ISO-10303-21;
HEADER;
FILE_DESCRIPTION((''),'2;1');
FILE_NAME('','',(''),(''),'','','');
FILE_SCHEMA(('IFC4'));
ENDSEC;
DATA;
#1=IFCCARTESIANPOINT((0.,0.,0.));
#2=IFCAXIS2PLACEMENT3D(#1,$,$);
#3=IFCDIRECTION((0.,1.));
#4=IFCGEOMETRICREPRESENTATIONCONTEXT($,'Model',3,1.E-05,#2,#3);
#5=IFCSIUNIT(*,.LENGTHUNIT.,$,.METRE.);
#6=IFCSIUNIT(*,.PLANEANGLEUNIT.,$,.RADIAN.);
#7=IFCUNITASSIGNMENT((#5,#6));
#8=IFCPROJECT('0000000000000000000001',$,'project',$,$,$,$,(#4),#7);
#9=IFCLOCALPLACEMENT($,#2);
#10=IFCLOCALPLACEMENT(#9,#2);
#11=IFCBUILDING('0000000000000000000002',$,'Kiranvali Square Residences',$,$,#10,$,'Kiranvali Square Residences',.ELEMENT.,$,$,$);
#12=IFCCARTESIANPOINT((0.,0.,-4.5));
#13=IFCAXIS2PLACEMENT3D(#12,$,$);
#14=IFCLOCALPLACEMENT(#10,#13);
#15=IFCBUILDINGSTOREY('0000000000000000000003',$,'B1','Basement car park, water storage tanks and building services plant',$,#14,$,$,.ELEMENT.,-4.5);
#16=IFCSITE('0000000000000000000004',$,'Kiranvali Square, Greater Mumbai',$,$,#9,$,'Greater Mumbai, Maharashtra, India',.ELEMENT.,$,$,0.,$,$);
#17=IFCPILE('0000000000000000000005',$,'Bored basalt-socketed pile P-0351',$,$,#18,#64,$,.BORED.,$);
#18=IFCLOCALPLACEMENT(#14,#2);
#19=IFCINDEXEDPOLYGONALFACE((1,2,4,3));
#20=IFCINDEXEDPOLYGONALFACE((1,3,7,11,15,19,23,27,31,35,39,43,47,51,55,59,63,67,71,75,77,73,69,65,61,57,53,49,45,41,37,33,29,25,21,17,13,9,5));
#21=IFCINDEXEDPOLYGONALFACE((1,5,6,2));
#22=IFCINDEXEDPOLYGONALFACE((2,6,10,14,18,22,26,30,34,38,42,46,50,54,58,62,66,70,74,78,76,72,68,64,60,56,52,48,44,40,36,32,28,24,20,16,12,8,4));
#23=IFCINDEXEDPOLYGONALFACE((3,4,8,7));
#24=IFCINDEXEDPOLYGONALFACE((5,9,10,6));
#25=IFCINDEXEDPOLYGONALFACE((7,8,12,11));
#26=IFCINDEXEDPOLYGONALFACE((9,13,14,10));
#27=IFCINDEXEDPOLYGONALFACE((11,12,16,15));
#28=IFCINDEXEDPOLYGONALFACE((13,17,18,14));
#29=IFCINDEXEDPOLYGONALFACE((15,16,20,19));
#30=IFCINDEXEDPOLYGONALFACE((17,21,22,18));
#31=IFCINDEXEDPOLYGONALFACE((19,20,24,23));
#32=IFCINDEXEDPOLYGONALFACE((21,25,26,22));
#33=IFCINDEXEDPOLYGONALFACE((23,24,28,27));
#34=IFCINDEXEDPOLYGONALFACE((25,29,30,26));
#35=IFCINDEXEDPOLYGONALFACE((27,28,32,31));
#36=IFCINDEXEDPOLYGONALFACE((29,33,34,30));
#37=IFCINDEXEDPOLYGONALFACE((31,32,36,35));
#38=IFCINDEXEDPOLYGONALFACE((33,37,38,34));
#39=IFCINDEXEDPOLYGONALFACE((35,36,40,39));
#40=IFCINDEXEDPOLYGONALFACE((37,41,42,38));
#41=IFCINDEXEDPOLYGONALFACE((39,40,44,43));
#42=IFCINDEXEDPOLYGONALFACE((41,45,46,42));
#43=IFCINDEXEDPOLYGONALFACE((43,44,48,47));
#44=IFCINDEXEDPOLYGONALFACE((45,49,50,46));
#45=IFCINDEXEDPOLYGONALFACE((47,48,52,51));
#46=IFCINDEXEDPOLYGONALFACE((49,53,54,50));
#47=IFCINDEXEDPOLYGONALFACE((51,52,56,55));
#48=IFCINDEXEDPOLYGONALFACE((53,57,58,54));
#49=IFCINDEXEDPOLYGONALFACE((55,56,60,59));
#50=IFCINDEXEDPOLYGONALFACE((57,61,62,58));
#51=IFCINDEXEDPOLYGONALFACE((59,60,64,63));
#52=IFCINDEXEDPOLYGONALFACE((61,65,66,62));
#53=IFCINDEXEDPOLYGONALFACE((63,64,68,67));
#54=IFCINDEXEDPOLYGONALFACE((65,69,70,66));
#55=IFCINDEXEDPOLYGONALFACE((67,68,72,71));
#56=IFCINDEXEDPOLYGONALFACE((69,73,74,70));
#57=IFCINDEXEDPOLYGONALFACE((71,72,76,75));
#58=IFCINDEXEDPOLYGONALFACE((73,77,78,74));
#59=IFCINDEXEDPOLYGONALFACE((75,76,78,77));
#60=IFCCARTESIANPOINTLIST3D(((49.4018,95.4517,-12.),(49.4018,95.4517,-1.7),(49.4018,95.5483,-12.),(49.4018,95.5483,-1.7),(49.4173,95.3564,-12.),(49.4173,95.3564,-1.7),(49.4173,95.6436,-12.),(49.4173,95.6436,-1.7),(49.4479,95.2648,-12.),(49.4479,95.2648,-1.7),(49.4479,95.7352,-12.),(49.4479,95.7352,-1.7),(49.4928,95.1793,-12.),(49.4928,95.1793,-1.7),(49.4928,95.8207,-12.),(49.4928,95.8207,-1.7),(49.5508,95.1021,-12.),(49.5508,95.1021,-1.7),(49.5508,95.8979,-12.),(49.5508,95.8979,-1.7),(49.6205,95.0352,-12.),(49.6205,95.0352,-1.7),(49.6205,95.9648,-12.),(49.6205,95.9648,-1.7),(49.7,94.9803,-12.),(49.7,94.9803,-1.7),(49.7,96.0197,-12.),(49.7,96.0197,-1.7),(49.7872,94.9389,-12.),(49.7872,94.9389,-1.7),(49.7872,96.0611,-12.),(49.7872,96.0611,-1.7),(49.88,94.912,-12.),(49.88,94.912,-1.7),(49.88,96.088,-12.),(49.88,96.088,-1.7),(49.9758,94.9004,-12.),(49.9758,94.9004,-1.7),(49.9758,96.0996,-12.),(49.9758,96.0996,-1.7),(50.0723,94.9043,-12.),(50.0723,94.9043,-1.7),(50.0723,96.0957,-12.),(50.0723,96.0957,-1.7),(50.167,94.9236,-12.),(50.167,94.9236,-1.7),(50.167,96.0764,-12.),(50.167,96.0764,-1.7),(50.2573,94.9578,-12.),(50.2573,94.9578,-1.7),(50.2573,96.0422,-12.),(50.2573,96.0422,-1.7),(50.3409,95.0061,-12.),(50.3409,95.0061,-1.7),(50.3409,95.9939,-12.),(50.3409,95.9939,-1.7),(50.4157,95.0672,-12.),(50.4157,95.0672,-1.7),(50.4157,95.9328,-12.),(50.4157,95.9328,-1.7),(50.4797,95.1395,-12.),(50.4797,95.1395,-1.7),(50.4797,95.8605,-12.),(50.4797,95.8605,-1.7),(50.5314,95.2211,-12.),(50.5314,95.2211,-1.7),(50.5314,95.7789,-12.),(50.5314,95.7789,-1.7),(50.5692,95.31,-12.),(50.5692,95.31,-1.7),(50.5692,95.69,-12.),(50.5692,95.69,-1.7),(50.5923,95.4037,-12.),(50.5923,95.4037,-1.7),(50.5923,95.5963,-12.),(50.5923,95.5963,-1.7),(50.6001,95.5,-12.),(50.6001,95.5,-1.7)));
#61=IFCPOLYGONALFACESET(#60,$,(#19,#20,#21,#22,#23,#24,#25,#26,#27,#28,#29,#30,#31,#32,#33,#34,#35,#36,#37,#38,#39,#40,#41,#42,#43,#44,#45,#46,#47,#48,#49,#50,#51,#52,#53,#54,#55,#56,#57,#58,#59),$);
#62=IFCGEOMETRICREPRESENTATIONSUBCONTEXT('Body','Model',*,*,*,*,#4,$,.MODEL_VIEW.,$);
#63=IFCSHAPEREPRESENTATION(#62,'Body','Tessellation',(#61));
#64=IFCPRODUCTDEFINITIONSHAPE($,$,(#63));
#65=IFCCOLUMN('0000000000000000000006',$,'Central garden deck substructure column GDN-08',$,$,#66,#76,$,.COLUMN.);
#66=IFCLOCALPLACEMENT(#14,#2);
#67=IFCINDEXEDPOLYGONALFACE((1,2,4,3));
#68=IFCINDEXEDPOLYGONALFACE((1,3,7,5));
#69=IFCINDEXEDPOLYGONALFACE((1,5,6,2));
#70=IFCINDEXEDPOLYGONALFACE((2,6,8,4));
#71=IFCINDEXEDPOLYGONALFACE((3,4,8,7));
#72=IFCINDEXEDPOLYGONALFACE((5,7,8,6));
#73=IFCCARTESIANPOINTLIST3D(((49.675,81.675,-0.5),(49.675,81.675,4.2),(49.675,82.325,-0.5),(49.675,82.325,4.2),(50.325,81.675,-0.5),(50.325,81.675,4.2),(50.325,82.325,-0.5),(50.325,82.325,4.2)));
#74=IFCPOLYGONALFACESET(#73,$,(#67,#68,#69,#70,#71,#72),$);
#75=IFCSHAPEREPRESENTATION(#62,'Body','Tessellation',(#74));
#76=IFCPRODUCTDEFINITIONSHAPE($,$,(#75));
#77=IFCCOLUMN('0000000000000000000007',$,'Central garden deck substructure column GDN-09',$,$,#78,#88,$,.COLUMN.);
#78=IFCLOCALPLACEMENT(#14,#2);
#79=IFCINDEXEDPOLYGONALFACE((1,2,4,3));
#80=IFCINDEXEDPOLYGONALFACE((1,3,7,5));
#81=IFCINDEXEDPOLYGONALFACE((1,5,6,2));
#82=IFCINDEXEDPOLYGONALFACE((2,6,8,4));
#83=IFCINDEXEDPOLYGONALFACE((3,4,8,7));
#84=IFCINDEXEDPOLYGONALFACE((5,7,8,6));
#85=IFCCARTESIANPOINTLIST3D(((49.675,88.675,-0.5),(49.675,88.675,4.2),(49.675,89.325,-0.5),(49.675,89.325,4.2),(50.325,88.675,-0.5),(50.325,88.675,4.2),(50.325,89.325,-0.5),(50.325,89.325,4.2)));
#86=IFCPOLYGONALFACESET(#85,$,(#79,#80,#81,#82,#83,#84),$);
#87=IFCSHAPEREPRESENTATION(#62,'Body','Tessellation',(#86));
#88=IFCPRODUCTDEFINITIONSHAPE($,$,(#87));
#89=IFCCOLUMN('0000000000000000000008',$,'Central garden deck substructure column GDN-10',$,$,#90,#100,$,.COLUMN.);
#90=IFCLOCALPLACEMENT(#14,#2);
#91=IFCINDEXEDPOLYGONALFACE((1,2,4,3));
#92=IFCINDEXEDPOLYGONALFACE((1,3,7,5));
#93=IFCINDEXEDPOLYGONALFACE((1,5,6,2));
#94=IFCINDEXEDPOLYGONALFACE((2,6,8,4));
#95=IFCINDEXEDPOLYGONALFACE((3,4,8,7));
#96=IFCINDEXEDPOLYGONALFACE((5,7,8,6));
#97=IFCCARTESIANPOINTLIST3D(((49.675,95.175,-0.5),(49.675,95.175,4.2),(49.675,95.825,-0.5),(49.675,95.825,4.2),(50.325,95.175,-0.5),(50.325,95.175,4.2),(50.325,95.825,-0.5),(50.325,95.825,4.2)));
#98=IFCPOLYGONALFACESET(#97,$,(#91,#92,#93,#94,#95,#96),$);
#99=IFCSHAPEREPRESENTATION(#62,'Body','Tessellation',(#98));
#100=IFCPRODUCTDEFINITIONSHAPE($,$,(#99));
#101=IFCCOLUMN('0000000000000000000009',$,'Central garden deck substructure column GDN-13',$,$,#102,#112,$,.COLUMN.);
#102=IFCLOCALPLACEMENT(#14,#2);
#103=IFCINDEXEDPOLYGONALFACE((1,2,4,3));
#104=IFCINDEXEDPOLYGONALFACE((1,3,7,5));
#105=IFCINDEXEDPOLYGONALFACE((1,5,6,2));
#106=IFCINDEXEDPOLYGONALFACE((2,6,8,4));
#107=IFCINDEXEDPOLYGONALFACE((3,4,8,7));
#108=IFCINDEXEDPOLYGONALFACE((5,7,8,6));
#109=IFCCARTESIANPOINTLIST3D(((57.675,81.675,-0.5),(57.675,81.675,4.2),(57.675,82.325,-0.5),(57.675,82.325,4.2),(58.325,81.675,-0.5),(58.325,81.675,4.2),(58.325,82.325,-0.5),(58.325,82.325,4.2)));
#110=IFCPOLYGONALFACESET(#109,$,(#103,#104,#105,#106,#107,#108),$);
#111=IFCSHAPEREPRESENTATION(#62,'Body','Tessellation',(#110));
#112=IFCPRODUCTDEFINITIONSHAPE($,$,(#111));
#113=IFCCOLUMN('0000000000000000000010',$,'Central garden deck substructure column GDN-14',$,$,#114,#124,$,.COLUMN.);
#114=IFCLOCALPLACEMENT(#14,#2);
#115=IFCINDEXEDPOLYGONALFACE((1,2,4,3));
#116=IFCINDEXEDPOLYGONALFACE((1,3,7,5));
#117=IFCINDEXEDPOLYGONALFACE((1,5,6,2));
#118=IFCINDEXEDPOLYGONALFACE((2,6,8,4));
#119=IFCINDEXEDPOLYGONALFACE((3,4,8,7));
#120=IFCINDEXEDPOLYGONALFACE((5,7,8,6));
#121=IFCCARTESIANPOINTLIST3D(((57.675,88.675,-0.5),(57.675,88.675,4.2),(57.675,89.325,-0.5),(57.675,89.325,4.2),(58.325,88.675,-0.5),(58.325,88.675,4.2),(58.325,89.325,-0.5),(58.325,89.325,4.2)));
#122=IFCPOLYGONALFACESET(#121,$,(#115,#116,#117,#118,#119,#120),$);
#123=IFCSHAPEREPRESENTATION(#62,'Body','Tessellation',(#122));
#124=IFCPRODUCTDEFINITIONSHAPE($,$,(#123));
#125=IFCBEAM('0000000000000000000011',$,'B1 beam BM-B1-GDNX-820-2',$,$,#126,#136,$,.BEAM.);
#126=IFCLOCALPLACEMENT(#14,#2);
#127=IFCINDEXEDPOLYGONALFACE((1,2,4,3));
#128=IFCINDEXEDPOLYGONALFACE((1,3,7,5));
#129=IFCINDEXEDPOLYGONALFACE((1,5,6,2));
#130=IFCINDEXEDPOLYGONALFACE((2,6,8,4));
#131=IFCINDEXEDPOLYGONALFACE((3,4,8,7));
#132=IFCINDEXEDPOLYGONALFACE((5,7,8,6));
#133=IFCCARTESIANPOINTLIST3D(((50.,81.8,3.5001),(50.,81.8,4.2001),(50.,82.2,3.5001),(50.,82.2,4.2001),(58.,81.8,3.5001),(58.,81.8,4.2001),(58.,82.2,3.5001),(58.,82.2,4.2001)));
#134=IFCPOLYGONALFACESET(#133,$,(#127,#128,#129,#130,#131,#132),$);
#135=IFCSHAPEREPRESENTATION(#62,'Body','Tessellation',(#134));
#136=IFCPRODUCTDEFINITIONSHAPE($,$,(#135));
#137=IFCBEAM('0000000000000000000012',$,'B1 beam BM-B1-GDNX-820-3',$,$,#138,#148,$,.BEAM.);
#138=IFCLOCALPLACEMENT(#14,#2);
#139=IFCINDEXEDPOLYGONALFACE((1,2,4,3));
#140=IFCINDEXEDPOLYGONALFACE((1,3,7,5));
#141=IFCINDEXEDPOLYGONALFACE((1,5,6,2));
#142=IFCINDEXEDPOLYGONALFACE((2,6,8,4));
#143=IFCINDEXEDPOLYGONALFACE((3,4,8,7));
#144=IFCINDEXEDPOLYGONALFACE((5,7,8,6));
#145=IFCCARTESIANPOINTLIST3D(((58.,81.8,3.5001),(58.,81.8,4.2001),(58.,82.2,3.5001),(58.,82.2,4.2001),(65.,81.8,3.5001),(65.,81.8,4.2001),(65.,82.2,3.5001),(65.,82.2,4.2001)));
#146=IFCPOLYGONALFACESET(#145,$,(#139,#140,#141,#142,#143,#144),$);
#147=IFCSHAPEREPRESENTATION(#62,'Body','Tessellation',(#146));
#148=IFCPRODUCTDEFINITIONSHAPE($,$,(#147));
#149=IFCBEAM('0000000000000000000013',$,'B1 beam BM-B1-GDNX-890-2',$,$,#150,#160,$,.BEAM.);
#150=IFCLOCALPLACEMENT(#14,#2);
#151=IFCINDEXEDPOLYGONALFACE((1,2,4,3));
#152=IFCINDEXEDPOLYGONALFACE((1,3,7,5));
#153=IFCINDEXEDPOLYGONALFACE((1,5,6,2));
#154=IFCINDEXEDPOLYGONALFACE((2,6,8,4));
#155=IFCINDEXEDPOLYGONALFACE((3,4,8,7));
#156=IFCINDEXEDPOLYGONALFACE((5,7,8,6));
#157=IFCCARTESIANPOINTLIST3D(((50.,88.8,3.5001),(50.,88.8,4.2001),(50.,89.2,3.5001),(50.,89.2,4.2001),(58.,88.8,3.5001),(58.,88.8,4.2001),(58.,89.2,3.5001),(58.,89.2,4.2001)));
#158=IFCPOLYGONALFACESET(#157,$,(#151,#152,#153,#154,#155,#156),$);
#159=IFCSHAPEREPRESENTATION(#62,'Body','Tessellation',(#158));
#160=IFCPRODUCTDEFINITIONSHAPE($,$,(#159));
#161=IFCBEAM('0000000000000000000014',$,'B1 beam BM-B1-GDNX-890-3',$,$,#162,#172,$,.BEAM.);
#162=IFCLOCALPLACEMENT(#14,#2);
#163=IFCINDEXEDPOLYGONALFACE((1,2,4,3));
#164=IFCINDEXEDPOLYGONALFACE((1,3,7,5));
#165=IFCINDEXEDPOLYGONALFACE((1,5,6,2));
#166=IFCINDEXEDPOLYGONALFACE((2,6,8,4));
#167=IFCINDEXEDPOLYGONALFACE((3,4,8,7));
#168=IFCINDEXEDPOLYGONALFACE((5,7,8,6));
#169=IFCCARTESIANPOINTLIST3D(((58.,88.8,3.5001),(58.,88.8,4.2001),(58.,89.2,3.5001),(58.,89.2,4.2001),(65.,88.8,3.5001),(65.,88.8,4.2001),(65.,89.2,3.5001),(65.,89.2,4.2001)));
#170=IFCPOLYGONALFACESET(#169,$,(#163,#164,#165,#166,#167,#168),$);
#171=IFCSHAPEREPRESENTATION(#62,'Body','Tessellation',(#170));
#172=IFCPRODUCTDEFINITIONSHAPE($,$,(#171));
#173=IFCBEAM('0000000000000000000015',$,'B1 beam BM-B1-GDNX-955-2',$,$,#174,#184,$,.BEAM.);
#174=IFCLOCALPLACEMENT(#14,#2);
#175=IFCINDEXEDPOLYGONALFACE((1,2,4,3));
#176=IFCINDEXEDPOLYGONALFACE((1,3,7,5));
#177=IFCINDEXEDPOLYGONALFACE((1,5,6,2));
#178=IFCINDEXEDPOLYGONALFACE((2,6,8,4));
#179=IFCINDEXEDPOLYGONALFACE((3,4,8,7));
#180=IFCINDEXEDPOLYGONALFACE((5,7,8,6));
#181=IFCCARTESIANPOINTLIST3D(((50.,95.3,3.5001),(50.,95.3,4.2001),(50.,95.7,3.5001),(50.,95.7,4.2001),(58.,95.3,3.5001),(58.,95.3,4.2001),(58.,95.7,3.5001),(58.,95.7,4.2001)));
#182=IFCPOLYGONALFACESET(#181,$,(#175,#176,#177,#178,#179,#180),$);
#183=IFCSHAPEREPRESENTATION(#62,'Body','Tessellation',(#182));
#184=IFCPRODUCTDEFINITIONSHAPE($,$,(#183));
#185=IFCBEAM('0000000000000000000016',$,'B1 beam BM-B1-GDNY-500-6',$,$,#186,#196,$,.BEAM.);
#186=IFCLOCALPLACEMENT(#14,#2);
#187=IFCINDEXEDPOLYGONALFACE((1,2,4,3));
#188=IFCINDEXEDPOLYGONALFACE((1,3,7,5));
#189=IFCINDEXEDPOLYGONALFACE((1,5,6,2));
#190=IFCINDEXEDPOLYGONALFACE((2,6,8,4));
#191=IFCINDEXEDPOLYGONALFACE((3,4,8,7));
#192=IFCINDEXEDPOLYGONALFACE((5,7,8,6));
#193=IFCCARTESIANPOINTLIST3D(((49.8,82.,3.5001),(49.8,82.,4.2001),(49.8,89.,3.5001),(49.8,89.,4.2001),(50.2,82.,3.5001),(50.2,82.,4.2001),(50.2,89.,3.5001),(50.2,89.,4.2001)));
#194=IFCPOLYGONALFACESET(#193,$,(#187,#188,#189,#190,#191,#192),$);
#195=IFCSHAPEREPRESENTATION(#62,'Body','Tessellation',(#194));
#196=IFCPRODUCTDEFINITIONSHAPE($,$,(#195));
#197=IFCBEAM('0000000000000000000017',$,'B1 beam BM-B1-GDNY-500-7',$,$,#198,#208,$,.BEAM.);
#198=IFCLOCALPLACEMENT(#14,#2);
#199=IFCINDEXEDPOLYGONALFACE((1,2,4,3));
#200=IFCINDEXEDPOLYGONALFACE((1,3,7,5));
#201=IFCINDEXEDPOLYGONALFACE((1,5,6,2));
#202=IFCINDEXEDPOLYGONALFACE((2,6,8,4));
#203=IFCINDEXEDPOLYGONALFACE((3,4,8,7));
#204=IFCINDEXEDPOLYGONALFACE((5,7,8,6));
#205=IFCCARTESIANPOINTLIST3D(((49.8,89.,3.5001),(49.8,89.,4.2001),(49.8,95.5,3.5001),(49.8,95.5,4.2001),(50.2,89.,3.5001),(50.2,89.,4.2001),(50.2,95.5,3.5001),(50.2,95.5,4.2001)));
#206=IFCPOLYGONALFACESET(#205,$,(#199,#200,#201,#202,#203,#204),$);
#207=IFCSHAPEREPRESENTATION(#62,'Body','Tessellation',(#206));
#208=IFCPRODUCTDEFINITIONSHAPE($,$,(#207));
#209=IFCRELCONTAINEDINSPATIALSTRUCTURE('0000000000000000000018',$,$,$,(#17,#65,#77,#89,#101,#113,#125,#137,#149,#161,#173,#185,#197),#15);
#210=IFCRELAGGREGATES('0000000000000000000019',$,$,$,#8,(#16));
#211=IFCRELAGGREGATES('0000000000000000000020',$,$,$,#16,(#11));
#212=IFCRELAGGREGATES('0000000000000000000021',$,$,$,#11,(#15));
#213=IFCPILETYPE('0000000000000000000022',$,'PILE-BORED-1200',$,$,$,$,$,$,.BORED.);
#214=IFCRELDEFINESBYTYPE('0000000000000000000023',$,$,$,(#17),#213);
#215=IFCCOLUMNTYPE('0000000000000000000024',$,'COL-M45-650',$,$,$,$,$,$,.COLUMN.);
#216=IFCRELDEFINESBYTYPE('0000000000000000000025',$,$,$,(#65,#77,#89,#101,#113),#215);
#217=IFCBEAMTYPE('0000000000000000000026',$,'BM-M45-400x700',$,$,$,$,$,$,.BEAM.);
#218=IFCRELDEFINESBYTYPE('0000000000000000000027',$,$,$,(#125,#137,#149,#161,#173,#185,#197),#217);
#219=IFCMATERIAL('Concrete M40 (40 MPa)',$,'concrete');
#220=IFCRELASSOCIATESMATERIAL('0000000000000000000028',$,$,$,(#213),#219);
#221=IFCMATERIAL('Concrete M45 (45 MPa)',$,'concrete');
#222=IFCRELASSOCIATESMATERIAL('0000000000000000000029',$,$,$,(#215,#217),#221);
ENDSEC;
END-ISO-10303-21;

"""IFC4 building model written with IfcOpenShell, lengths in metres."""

from ifc_helpers import new_model, si_unit, direction, frame, origin, origin_2d, place, context, subcontext, project, spatial, rectangle, circle, extrude, material, material_profile, profile_set, type_object, element, save


model = new_model("IFC4")

# Units and contexts
model_context = context("Model", 3, precision=1e-05, world=origin(), true_north=direction((0.0, 1.0)))
body_context = subcontext(model_context, "Body", "Model", "MODEL_VIEW")
ifc_project = project(units=[si_unit("LENGTHUNIT", "METRE"), si_unit("PLANEANGLEUNIT", "RADIAN")], contexts=[model_context])

# Site, building, storey
site_placement = place(None, origin())
site = spatial("IfcSite", under=ifc_project, at=site_placement, Name="Kiranvali Square, Greater Mumbai", LongName="Greater Mumbai, Maharashtra, India", CompositionType="ELEMENT", RefElevation=0.0)
building_placement = place(site_placement, origin())
building = spatial("IfcBuilding", under=site, at=building_placement, Name="Kiranvali Square Residences", LongName="Kiranvali Square Residences", CompositionType="ELEMENT")
storey_placement = place(building_placement, frame((0.0, 0.0, -4.5)))
storey = spatial("IfcBuildingStorey", under=building, at=storey_placement, Name="B1", Description="Basement car park, water storage tanks and building services plant", CompositionType="ELEMENT", Elevation=-4.5)

# Shared definitions
ifc_material_1 = material(Name="Concrete M40 (40 MPa)", Category="concrete")

# Pile
ifc_material_profile_1 = material_profile(ifc_material_1, circle(Radius=0.6001, at=origin_2d()), Name="BORED PILE 1200")
ifc_profile_set_1 = profile_set([ifc_material_profile_1], Name="Concrete M40 (40 MPa)")
pile_type = type_object("IfcPileType", Name="PILE-BORED-1200", PredefinedType="BORED", material=ifc_profile_set_1)
for number, where, z_axis, x_axis, name in (
    (1, (50.0, 95.5, -1.7), (0.0, 0.0, -1.0), (1.0, 0.0, 0.0), "Bored basalt-socketed pile P-0351"),
):
    element("IfcPile", number, at=place(storey_placement, frame(where, z_axis=z_axis, x_axis=x_axis)), inside=storey, type_object=pile_type, Name=name, PredefinedType="BORED", context=body_context, shape_type="SweptSolid", body=[
        extrude(circle(Radius=0.6001, at=origin_2d()), origin(), (0.0, 0.0, 1.0), 10.3),
    ])

# Columns
ifc_material_2 = material(Name="Concrete M45 (45 MPa)", Category="concrete")
ifc_material_profile_2 = material_profile(ifc_material_2, rectangle(XDim=0.6499, YDim=0.6499, at=origin_2d()), Name="RC 650x650")
ifc_profile_set_2 = profile_set([ifc_material_profile_2], Name="Concrete M45 (45 MPa)")
column_type = type_object("IfcColumnType", Name="COL-M45-650", PredefinedType="COLUMN", material=ifc_profile_set_2)
for number, where, z_axis, x_axis, name in (
    (2, (50.0, 82.0, -0.5), (0.0, 0.0, 1.0), (1.0, 0.0, 0.0), "Central garden deck substructure column GDN-08"),
    (3, (50.0, 89.0, -0.5), (0.0, 0.0, 1.0), (1.0, 0.0, 0.0), "Central garden deck substructure column GDN-09"),
    (4, (50.0, 95.5, -0.5), (0.0, 0.0, 1.0), (1.0, 0.0, 0.0), "Central garden deck substructure column GDN-10"),
    (5, (58.0, 82.0, -0.5), (0.0, 0.0, 1.0), (1.0, 0.0, 0.0), "Central garden deck substructure column GDN-13"),
    (6, (58.0, 89.0, -0.5), (0.0, 0.0, 1.0), (1.0, 0.0, 0.0), "Central garden deck substructure column GDN-14"),
):
    element("IfcColumn", number, at=place(storey_placement, frame(where, z_axis=z_axis, x_axis=x_axis)), inside=storey, type_object=column_type, Name=name, PredefinedType="COLUMN", context=body_context, shape_type="SweptSolid", body=[
        extrude(rectangle(XDim=0.6499, YDim=0.6499, at=origin_2d()), origin(), (0.0, 0.0, 1.0), 4.7),
    ])

# Beams
ifc_material_profile_3 = material_profile(ifc_material_2, rectangle(XDim=0.3999, YDim=0.7, at=origin_2d()), Name="RC 400x700")
ifc_profile_set_3 = profile_set([ifc_material_profile_3], Name="Concrete M45 (45 MPa)")
beam_type = type_object("IfcBeamType", Name="BM-M45-400x700", PredefinedType="BEAM", material=ifc_profile_set_3)
beam_1_placement = place(storey_placement, frame((50.0, 82.0, 3.8501), z_axis=(1.0, 0.0, 0.0), x_axis=(0.0, 1.0, 0.0)))
element("IfcBeam", 7, at=beam_1_placement, inside=storey, type_object=beam_type, Name="B1 beam BM-B1-GDNX-820-2", PredefinedType="BEAM", context=body_context, shape_type="SweptSolid", body=[
    extrude(rectangle(XDim=0.3999, YDim=0.7, at=origin_2d()), origin(), (0.0, 0.0, 1.0), 8.0),
])
beam_2_placement = place(storey_placement, frame((58.0, 82.0, 3.8501), z_axis=(1.0, 0.0, 0.0), x_axis=(0.0, 1.0, 0.0)))
element("IfcBeam", 8, at=beam_2_placement, inside=storey, type_object=beam_type, Name="B1 beam BM-B1-GDNX-820-3", PredefinedType="BEAM", context=body_context, shape_type="SweptSolid", body=[
    extrude(rectangle(XDim=0.3999, YDim=0.7, at=origin_2d()), origin(), (0.0, 0.0, 1.0), 7.0),
])
beam_3_placement = place(storey_placement, frame((50.0, 89.0, 3.8501), z_axis=(1.0, 0.0, 0.0), x_axis=(0.0, 1.0, 0.0)))
element("IfcBeam", 9, at=beam_3_placement, inside=storey, type_object=beam_type, Name="B1 beam BM-B1-GDNX-890-2", PredefinedType="BEAM", context=body_context, shape_type="SweptSolid", body=[
    extrude(rectangle(XDim=0.3999, YDim=0.7, at=origin_2d()), origin(), (0.0, 0.0, 1.0), 8.0),
])
beam_4_placement = place(storey_placement, frame((58.0, 89.0, 3.8501), z_axis=(1.0, 0.0, 0.0), x_axis=(0.0, 1.0, 0.0)))
element("IfcBeam", 10, at=beam_4_placement, inside=storey, type_object=beam_type, Name="B1 beam BM-B1-GDNX-890-3", PredefinedType="BEAM", context=body_context, shape_type="SweptSolid", body=[
    extrude(rectangle(XDim=0.3999, YDim=0.7, at=origin_2d()), origin(), (0.0, 0.0, 1.0), 7.0),
])
beam_5_placement = place(storey_placement, frame((50.0, 95.5, 3.8501), z_axis=(1.0, 0.0, 0.0), x_axis=(0.0, 1.0, 0.0)))
element("IfcBeam", 11, at=beam_5_placement, inside=storey, type_object=beam_type, Name="B1 beam BM-B1-GDNX-955-2", PredefinedType="BEAM", context=body_context, shape_type="SweptSolid", body=[
    extrude(rectangle(XDim=0.3999, YDim=0.7, at=origin_2d()), origin(), (0.0, 0.0, 1.0), 8.0),
])
beam_6_placement = place(storey_placement, frame((50.0, 82.0, 3.8501), z_axis=(0.0, 1.0, 0.0), x_axis=(-1.0, 0.0, 0.0)))
element("IfcBeam", 12, at=beam_6_placement, inside=storey, type_object=beam_type, Name="B1 beam BM-B1-GDNY-500-6", PredefinedType="BEAM", context=body_context, shape_type="SweptSolid", body=[
    extrude(rectangle(XDim=0.3999, YDim=0.7, at=origin_2d()), origin(), (0.0, 0.0, 1.0), 7.0),
])
beam_7_placement = place(storey_placement, frame((50.0, 89.0, 3.8501), z_axis=(0.0, 1.0, 0.0), x_axis=(-1.0, 0.0, 0.0)))
element("IfcBeam", 13, at=beam_7_placement, inside=storey, type_object=beam_type, Name="B1 beam BM-B1-GDNY-500-7", PredefinedType="BEAM", context=body_context, shape_type="SweptSolid", body=[
    extrude(rectangle(XDim=0.3999, YDim=0.7, at=origin_2d()), origin(), (0.0, 0.0, 1.0), 6.5),
])

save(model, "model.ifc")
